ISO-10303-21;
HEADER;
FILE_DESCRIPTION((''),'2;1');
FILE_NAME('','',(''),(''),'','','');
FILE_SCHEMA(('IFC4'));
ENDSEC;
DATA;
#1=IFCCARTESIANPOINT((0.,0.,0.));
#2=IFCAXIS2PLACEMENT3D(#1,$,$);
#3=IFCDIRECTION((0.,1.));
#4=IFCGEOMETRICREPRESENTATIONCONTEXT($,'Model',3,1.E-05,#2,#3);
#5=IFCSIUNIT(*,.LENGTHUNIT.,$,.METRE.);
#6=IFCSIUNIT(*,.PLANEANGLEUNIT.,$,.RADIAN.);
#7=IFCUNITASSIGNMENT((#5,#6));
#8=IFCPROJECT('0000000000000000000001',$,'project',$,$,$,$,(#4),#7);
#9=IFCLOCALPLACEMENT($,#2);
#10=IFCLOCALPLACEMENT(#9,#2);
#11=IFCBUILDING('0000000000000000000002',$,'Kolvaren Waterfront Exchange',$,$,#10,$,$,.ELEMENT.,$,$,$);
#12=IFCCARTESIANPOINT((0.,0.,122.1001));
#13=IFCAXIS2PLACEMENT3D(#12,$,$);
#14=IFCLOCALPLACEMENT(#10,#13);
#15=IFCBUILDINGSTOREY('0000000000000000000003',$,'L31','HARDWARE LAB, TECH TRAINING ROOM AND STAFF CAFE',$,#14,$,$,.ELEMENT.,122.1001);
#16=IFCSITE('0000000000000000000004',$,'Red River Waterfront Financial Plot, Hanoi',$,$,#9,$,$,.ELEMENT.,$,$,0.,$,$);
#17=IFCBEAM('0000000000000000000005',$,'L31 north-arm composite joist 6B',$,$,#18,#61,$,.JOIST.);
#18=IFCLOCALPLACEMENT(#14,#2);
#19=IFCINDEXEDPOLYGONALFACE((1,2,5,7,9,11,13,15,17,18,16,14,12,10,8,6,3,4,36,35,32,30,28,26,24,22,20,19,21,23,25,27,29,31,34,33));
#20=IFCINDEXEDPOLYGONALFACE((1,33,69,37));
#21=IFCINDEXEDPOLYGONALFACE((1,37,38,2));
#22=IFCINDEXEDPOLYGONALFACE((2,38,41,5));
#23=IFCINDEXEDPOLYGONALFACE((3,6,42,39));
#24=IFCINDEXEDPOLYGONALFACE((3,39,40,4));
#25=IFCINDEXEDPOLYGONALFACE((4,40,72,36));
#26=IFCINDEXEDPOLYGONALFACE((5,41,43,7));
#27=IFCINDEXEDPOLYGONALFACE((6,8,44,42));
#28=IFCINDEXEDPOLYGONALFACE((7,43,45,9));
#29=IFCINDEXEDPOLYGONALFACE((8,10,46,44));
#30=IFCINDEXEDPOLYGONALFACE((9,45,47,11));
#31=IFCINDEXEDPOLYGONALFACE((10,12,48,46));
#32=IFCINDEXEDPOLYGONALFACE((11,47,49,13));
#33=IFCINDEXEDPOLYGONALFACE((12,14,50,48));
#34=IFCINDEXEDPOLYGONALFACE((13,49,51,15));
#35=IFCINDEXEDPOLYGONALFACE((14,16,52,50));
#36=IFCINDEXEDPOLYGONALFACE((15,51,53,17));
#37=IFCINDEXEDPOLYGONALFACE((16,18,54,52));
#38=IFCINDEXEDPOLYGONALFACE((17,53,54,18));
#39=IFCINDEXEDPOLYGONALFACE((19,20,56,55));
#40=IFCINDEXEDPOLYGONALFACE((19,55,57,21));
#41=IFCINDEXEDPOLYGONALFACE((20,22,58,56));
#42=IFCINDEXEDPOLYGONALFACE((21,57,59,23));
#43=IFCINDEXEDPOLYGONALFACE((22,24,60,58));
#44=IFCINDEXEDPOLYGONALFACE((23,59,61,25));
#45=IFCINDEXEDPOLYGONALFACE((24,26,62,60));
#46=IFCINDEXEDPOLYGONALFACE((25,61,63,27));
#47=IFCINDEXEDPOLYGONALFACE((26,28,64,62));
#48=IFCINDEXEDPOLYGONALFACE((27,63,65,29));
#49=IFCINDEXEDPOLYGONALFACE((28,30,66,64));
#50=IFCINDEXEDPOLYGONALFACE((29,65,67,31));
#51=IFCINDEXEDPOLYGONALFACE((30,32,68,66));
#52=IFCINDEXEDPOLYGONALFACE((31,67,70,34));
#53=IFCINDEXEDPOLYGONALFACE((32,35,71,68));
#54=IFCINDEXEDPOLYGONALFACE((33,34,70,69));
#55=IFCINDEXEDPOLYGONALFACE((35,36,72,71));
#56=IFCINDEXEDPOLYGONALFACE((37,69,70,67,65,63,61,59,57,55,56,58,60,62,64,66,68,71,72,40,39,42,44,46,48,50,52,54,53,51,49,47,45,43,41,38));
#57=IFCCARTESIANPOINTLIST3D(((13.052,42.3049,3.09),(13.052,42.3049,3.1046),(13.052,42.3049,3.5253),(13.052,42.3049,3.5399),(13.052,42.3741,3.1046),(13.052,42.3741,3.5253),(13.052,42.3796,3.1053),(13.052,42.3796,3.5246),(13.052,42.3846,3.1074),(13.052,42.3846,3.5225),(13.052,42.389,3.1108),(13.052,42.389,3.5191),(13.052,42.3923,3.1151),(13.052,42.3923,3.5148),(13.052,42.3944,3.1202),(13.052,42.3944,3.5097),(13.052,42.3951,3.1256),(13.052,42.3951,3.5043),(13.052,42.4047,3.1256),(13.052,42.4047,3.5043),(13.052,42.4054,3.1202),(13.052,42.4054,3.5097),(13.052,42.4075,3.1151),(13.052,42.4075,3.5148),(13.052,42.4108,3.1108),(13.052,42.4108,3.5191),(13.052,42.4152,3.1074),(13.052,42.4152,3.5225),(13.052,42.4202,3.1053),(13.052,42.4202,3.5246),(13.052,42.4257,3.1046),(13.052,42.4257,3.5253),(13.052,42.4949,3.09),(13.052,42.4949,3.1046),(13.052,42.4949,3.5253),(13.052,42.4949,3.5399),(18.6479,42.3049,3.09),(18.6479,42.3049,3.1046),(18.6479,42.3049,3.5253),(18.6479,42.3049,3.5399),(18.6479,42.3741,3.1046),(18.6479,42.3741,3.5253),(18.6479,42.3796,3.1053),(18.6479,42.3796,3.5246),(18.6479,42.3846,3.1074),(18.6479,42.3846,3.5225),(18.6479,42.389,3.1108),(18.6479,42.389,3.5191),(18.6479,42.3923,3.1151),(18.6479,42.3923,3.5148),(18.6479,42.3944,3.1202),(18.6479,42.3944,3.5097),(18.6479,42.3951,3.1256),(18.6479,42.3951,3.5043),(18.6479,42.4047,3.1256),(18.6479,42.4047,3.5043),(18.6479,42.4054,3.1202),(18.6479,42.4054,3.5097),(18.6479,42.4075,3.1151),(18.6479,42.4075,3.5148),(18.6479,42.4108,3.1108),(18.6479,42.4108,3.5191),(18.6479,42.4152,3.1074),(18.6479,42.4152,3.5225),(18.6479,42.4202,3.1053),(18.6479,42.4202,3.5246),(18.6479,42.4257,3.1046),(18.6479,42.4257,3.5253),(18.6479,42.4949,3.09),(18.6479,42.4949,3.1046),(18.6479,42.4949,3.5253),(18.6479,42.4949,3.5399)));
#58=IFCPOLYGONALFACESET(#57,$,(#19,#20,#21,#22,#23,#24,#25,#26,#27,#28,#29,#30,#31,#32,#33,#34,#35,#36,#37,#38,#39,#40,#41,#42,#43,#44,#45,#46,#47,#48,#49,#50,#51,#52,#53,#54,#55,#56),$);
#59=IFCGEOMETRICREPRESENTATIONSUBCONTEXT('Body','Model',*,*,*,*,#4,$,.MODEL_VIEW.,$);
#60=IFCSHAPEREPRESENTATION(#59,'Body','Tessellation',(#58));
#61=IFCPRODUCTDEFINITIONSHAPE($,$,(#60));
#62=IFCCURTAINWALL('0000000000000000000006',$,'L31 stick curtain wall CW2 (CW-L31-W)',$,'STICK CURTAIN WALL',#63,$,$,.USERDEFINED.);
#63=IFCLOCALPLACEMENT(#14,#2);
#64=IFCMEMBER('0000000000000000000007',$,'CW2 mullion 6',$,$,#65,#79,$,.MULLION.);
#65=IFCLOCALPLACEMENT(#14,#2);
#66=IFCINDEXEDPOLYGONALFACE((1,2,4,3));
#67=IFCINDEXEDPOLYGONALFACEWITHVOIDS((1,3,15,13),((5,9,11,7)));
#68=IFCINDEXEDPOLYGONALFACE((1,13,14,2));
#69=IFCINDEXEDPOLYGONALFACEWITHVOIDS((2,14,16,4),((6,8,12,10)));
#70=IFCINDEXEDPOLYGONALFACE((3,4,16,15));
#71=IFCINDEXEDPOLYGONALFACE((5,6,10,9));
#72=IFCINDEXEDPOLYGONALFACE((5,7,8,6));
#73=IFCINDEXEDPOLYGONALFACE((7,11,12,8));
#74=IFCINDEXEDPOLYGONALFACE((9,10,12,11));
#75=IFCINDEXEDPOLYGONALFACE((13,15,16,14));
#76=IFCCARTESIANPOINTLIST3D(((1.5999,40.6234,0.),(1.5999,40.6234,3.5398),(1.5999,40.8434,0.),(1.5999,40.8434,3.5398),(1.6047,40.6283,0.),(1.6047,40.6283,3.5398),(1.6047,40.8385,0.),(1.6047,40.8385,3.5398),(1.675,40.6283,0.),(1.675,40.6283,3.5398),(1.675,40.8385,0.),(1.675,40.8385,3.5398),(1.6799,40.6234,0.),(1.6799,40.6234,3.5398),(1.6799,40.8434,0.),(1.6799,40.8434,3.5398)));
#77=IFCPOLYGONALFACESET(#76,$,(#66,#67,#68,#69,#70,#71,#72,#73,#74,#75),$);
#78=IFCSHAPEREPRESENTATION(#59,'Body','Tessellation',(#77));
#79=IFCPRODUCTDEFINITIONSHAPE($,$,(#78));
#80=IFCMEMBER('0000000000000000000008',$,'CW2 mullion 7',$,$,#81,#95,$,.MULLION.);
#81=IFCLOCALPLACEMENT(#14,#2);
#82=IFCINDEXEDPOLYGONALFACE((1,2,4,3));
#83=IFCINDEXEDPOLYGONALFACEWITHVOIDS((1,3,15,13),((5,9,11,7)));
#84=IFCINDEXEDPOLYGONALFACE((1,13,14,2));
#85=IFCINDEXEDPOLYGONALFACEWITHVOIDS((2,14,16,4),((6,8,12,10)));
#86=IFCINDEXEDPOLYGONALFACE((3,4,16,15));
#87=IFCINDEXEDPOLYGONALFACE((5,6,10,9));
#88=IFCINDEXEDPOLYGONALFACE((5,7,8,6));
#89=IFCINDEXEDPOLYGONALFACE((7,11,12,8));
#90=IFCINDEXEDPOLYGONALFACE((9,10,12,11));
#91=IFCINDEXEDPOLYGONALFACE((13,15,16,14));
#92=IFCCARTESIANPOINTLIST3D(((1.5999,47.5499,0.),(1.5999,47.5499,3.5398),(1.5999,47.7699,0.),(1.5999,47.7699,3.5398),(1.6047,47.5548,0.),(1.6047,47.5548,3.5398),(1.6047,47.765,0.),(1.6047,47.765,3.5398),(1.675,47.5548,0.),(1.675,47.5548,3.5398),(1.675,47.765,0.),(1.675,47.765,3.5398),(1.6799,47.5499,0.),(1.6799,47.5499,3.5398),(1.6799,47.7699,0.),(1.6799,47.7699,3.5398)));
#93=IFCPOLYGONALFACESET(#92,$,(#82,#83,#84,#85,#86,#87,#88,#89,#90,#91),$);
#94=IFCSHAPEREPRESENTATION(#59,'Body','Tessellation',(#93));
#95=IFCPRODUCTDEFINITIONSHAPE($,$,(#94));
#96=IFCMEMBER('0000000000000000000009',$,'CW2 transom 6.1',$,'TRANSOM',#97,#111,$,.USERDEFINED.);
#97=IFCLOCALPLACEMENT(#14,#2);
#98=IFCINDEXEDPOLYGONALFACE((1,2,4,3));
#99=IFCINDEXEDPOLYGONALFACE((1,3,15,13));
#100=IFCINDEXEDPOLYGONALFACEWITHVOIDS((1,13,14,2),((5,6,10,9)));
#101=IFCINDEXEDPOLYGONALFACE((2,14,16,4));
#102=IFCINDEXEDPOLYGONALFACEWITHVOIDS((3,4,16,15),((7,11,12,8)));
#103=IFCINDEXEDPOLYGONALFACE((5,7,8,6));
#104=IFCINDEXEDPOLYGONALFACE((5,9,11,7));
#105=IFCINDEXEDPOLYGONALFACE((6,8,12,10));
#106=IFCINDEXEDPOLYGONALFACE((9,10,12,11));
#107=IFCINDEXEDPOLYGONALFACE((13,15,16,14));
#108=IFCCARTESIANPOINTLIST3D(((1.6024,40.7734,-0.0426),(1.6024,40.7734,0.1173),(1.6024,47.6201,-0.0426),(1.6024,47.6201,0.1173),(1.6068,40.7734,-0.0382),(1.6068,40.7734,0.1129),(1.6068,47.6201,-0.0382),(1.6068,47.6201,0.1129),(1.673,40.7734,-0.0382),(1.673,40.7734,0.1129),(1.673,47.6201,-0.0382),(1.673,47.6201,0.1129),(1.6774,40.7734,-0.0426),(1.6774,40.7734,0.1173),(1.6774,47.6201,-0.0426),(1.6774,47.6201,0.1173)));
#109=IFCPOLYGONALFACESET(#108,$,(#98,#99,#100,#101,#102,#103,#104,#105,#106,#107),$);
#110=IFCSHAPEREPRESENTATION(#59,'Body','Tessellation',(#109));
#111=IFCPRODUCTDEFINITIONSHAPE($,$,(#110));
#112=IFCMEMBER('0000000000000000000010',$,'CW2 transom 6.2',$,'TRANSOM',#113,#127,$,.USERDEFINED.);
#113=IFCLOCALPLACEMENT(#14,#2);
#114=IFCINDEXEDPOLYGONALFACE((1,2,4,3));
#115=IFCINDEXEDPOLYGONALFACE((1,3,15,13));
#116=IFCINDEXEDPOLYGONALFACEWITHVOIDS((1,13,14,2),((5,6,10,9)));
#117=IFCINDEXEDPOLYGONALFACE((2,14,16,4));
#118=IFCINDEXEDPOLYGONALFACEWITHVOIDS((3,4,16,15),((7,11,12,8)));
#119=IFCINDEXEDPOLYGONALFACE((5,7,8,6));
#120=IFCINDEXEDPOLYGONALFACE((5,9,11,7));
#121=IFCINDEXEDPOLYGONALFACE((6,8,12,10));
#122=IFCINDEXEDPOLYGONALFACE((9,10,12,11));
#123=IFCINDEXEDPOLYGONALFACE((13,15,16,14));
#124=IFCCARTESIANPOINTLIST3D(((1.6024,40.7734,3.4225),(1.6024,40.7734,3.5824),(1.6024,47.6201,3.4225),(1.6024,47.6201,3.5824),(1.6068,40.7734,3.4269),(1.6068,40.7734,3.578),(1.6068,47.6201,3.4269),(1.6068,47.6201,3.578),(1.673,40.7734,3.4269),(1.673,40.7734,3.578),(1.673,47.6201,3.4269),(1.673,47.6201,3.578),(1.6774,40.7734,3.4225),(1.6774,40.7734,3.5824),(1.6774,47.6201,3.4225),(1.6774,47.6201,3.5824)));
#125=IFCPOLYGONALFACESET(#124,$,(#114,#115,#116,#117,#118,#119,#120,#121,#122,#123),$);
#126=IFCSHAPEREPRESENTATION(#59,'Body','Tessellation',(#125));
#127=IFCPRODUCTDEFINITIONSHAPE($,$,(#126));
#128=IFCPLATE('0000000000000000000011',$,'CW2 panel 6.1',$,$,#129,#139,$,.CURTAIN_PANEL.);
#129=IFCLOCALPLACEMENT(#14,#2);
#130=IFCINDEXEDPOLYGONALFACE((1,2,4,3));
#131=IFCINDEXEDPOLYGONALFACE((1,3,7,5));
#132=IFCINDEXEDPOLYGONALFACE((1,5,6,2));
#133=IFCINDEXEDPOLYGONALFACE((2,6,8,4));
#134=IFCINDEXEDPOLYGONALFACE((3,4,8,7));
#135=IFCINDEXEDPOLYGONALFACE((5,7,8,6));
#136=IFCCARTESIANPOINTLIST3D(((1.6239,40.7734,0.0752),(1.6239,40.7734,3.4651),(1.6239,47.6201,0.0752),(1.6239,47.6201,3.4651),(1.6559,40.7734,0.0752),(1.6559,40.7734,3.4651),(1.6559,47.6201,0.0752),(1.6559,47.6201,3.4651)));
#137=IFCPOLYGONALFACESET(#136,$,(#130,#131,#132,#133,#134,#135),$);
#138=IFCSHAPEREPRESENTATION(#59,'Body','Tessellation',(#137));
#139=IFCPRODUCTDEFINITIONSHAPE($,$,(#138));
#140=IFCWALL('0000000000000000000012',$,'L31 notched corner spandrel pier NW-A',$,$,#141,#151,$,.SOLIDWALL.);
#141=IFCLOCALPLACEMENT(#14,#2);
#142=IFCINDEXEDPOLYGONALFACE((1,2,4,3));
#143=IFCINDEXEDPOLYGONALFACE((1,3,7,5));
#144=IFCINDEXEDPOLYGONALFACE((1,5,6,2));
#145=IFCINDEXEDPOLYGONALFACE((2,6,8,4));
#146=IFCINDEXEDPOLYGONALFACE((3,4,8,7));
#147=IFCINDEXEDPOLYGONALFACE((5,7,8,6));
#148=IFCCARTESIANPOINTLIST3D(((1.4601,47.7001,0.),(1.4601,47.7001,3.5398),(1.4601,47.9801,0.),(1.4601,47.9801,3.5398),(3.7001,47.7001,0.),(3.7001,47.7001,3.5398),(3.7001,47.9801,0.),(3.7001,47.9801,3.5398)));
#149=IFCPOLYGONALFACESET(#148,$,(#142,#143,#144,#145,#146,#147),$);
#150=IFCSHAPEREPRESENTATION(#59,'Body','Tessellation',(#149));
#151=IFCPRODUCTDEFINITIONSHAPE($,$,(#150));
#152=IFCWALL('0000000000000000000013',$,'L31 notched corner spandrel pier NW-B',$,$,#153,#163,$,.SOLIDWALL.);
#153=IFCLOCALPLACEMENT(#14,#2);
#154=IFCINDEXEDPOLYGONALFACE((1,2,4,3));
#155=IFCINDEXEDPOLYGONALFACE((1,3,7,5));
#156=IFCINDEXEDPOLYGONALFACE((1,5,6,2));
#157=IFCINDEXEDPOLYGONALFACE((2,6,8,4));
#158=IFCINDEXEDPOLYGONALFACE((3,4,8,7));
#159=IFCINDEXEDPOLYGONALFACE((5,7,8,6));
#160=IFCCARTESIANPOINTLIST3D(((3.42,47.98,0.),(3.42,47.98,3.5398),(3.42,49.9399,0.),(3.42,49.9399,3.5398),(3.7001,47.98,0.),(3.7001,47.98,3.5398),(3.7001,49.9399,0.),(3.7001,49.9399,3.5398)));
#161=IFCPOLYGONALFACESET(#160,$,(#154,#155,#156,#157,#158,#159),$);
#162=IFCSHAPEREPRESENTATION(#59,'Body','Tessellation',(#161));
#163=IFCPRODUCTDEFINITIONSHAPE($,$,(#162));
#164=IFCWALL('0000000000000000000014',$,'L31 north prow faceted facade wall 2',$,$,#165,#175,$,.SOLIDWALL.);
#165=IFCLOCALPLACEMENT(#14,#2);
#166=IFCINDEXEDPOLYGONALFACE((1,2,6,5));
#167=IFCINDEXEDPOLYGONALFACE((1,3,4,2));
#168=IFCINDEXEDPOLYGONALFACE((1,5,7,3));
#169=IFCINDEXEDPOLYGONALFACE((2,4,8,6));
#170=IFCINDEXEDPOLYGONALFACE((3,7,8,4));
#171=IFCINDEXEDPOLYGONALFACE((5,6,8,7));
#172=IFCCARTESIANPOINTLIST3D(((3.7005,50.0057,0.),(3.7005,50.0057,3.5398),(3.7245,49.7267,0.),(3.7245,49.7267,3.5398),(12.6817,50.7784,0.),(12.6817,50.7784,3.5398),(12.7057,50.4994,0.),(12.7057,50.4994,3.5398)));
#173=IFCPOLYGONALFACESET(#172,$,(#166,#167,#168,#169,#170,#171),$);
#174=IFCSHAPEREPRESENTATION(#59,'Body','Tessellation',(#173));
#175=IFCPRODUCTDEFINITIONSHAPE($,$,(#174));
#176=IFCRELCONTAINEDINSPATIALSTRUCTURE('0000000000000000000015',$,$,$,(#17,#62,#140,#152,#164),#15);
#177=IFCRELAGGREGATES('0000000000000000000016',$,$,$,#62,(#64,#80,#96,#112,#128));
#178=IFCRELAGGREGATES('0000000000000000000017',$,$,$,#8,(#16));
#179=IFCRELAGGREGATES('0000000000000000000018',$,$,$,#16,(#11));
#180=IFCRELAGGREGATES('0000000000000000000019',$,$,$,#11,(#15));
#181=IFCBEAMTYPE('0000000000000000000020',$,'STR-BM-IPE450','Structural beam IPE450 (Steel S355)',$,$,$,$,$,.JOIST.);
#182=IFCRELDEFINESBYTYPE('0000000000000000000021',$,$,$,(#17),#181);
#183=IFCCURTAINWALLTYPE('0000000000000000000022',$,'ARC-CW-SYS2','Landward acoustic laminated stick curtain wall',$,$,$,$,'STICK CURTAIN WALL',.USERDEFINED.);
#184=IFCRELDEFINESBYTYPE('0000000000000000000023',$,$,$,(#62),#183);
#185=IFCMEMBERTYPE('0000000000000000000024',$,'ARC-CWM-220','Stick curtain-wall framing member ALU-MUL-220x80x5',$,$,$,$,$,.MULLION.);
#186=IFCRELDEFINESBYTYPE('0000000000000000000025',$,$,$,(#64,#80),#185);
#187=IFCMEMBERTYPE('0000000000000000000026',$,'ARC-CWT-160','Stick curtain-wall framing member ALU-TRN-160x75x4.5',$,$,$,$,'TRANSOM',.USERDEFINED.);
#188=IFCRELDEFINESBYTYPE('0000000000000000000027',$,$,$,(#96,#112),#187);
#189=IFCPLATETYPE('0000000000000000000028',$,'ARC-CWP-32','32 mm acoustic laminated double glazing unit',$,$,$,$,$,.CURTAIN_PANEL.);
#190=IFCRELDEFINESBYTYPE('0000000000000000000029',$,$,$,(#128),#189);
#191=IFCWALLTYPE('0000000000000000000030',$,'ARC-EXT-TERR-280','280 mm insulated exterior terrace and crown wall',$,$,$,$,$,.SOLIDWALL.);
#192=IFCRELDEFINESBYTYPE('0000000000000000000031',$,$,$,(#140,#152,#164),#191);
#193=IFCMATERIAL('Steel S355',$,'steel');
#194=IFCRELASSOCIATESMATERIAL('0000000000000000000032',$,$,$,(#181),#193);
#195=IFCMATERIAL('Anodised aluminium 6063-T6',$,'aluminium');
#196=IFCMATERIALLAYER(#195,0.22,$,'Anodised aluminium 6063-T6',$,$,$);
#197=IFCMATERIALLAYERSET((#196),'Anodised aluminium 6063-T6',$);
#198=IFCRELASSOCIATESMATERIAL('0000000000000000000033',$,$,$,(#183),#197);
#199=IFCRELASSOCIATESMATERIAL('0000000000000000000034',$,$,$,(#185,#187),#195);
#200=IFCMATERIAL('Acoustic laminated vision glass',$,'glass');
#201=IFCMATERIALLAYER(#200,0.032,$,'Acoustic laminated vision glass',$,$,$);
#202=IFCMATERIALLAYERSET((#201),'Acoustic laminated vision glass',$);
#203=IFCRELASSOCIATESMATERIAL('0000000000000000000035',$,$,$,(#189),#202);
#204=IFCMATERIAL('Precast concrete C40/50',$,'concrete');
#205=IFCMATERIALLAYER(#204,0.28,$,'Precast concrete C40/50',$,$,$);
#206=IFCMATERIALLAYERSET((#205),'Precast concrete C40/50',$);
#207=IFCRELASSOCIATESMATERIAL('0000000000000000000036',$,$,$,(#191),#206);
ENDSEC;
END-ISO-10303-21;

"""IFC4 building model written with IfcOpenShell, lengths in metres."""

from ifc_helpers import new_model, si_unit, direction, frame, frame_2d, origin, origin_with_axes, origin_2d, place, context, subcontext, project, spatial, rectangle, hollow_rectangle, i_section, extrude, source, transform, mapped, material, layer, layer_set, material_profile, profile_set, type_object, element, aggregate, save


model = new_model("IFC4")

# Units and contexts
model_context = context("Model", 3, precision=1e-05, world=origin(), true_north=direction((0.0, 1.0)))
body_context = subcontext(model_context, "Body", "Model", "MODEL_VIEW")
ifc_project = project(units=[si_unit("LENGTHUNIT", "METRE"), si_unit("PLANEANGLEUNIT", "RADIAN")], contexts=[model_context])

# Site, building, storey
site_placement = place(None, origin())
site = spatial("IfcSite", under=ifc_project, at=site_placement, Name="Red River Waterfront Financial Plot, Hanoi", CompositionType="ELEMENT", RefElevation=0.0)
building_placement = place(site_placement, origin())
building = spatial("IfcBuilding", under=site, at=building_placement, Name="Kolvaren Waterfront Exchange", CompositionType="ELEMENT")
storey_placement = place(building_placement, frame((0.0, 0.0, 122.1001)))
storey = spatial("IfcBuildingStorey", under=building, at=storey_placement, Name="L31", Description="HARDWARE LAB, TECH TRAINING ROOM AND STAFF CAFE", CompositionType="ELEMENT", Elevation=122.1001)

# Beam
ifc_material_1 = material(Name="Steel S355", Category="steel")
ifc_material_profile_1 = material_profile(ifc_material_1, i_section(OverallWidth=0.1899, OverallDepth=0.45, WebThickness=0.0095, FlangeThickness=0.0146, FilletRadius=0.021, at=origin_2d()), Name="IPE450")
ifc_profile_set_1 = profile_set([ifc_material_profile_1], Name="Steel S355")
beam_type_1 = type_object("IfcBeamType", Name="STR-BM-IPE450", Description="Structural beam IPE450 (Steel S355)", PredefinedType="JOIST", material=ifc_profile_set_1)
beam_1_placement = place(storey_placement, frame((13.052, 42.3999, 3.3149), z_axis=(1.0, 0.0, 0.0), x_axis=(0.0, 1.0, 0.0)))
element("IfcBeam", 1, at=beam_1_placement, inside=storey, type_object=beam_type_1, Name="L31 north-arm composite joist 6B", PredefinedType="JOIST", context=body_context, shape_type="SweptSolid", body=[
    extrude(i_section(OverallWidth=0.1899, OverallDepth=0.45, WebThickness=0.0095, FlangeThickness=0.0146, FilletRadius=0.021, at=origin_2d()), origin(), (0.0, 0.0, 1.0), 5.5959),
])

# Curtain wall, members, plate
ifc_material_2 = material(Name="Anodised aluminium 6063-T6", Category="aluminium")
ifc_layer_1 = layer(ifc_material_2, 0.22, Name="Anodised aluminium 6063-T6")
ifc_layer_set_1 = layer_set([ifc_layer_1], Name="Anodised aluminium 6063-T6")
curtain_wall_type = type_object("IfcCurtainWallType", Name="ARC-CW-SYS2", Description="Landward acoustic laminated stick curtain wall", ElementType="STICK CURTAIN WALL", PredefinedType="USERDEFINED", material=ifc_layer_set_1)
curtain_wall_placement = place(storey_placement, origin())
curtain_wall = element("IfcCurtainWall", 2, at=curtain_wall_placement, inside=storey, type_object=curtain_wall_type, Name="L31 stick curtain wall CW2 (CW-L31-W)", ObjectType="STICK CURTAIN WALL", PredefinedType="USERDEFINED")
ifc_material_profile_2 = material_profile(ifc_material_2, hollow_rectangle(XDim=0.0801, YDim=0.22, WallThickness=0.0049, at=origin_2d()), Name="ALU-MUL-220x80x5")
ifc_profile_set_2 = profile_set([ifc_material_profile_2], Name="Anodised aluminium 6063-T6")
member_type_1 = type_object("IfcMemberType", Name="ARC-CWM-220", Description="Stick curtain-wall framing member ALU-MUL-220x80x5", PredefinedType="MULLION", material=ifc_profile_set_2)
shared_shape_1 = source(origin_with_axes(), body_context, "Body", "SweptSolid", [
    extrude(hollow_rectangle(XDim=0.0801, YDim=0.22, WallThickness=0.0049, at=origin_2d()), origin(), (0.0, 0.0, 1.0), 3.5398),
])
member_1_placement = place(storey_placement, frame((1.6399, 40.7334, 0.0), z_axis=(0.0, 0.0, 1.0), x_axis=(-1.0, 0.0, 0.0)))
member_1 = element("IfcMember", 3, at=member_1_placement, type_object=member_type_1, Name="CW2 mullion 6", PredefinedType="MULLION", context=body_context, shape_type="MappedRepresentation", body=[
    mapped(shared_shape_1, transform((0.0, 0.0, 0.0), x_axis=(1.0, 0.0, 0.0), y_axis=(0.0, 1.0, 0.0), z_axis=(0.0, 0.0, 1.0), scale=1.0)),
])
member_2_placement = place(storey_placement, frame((1.6399, 47.6599, 0.0), z_axis=(0.0, 0.0, 1.0), x_axis=(-1.0, 0.0, 0.0)))
member_2 = element("IfcMember", 4, at=member_2_placement, type_object=member_type_1, Name="CW2 mullion 7", PredefinedType="MULLION", context=body_context, shape_type="MappedRepresentation", body=[
    mapped(shared_shape_1, transform((0.0, 0.0, 0.0), x_axis=(1.0, 0.0, 0.0), y_axis=(0.0, 1.0, 0.0), z_axis=(0.0, 0.0, 1.0), scale=1.0)),
])
ifc_material_profile_3 = material_profile(ifc_material_2, hollow_rectangle(XDim=0.075, YDim=0.1599, WallThickness=0.0044, at=origin_2d()), Name="ALU-TRN-160x75x4.5")
ifc_profile_set_3 = profile_set([ifc_material_profile_3], Name="Anodised aluminium 6063-T6")
member_type_2 = type_object("IfcMemberType", Name="ARC-CWT-160", Description="Stick curtain-wall framing member ALU-TRN-160x75x4.5", ElementType="TRANSOM", PredefinedType="USERDEFINED", material=ifc_profile_set_3)
shared_shape_2 = source(origin_with_axes(), body_context, "Body", "SweptSolid", [
    extrude(hollow_rectangle(XDim=0.075, YDim=0.1599, WallThickness=0.0044, at=origin_2d()), origin(), (0.0, 0.0, 1.0), 6.8467),
])
member_3_placement = place(storey_placement, frame((1.6399, 40.7734, 0.0374), z_axis=(0.0, 1.0, 0.0), x_axis=(-1.0, 0.0, 0.0)))
member_3 = element("IfcMember", 5, at=member_3_placement, type_object=member_type_2, Name="CW2 transom 6.1", ObjectType="TRANSOM", PredefinedType="USERDEFINED", context=body_context, shape_type="MappedRepresentation", body=[
    mapped(shared_shape_2, transform((0.0, 0.0, 0.0), x_axis=(1.0, 0.0, 0.0), y_axis=(0.0, 1.0, 0.0), z_axis=(0.0, 0.0, 1.0), scale=1.0)),
])
member_4_placement = place(storey_placement, frame((1.6399, 40.7734, 3.5024), z_axis=(0.0, 1.0, 0.0), x_axis=(-1.0, 0.0, 0.0)))
member_4 = element("IfcMember", 6, at=member_4_placement, type_object=member_type_2, Name="CW2 transom 6.2", ObjectType="TRANSOM", PredefinedType="USERDEFINED", context=body_context, shape_type="MappedRepresentation", body=[
    mapped(shared_shape_2, transform((0.0, 0.0, 0.0), x_axis=(1.0, 0.0, 0.0), y_axis=(0.0, 1.0, 0.0), z_axis=(0.0, 0.0, 1.0), scale=1.0)),
])
ifc_material_3 = material(Name="Acoustic laminated vision glass", Category="glass")
ifc_layer_2 = layer(ifc_material_3, 0.032, Name="Acoustic laminated vision glass")
ifc_layer_set_2 = layer_set([ifc_layer_2], Name="Acoustic laminated vision glass")
plate_type = type_object("IfcPlateType", Name="ARC-CWP-32", Description="32 mm acoustic laminated double glazing unit", PredefinedType="CURTAIN_PANEL", material=ifc_layer_set_2)
shared_shape_3 = source(origin_with_axes(), body_context, "Body", "SweptSolid", [
    extrude(rectangle(XDim=6.8467, YDim=0.032, at=origin_2d()), origin(), (0.0, 0.0, 1.0), 3.3899),
])
plate_placement = place(storey_placement, frame((1.6399, 44.1968, 0.0752), z_axis=(0.0, 0.0, 1.0), x_axis=(0.0, 1.0, 0.0)))
plate = element("IfcPlate", 7, at=plate_placement, type_object=plate_type, Name="CW2 panel 6.1", PredefinedType="CURTAIN_PANEL", context=body_context, shape_type="MappedRepresentation", body=[
    mapped(shared_shape_3, transform((0.0, 0.0, 0.0), x_axis=(1.0, 0.0, 0.0), y_axis=(0.0, 1.0, 0.0), z_axis=(0.0, 0.0, 1.0), scale=1.0)),
])
aggregate(curtain_wall, [member_1, member_2, member_3, member_4, plate])

# Walls
ifc_material_4 = material(Name="Precast concrete C40/50", Category="concrete")
ifc_layer_3 = layer(ifc_material_4, 0.28, Name="Precast concrete C40/50")
ifc_layer_set_3 = layer_set([ifc_layer_3], Name="Precast concrete C40/50")
wall_type_1 = type_object("IfcWallType", Name="ARC-EXT-TERR-280", Description="280 mm insulated exterior terrace and crown wall", PredefinedType="SOLIDWALL", material=ifc_layer_set_3)
wall_1_placement = place(storey_placement, frame((1.46, 47.8401, 0.0), z_axis=(0.0, 0.0, 1.0), x_axis=(1.0, 0.0, 0.0)))
element("IfcWall", 8, at=wall_1_placement, inside=storey, type_object=wall_type_1, Name="L31 notched corner spandrel pier NW-A", PredefinedType="SOLIDWALL", context=body_context, shape_type="SweptSolid", body=[
    extrude(rectangle(XDim=2.24, YDim=0.28, at=frame_2d((1.1201, 0.0))), origin(), (0.0, 0.0, 1.0), 3.5398),
])
wall_2_placement = place(storey_placement, frame((3.5601, 47.98, 0.0), z_axis=(0.0, 0.0, 1.0), x_axis=(0.0, 1.0, 0.0)))
element("IfcWall", 9, at=wall_2_placement, inside=storey, type_object=wall_type_1, Name="L31 notched corner spandrel pier NW-B", PredefinedType="SOLIDWALL", context=body_context, shape_type="SweptSolid", body=[
    extrude(rectangle(XDim=1.96, YDim=0.28, at=frame_2d((0.98, 0.0))), origin(), (0.0, 0.0, 1.0), 3.5398),
])
wall_3_placement = place(storey_placement, frame((12.6938, 50.6389, 0.0), z_axis=(0.0, 0.0, 1.0), x_axis=(-0.996319, -0.085719, 0.0)))
element("IfcWall", 10, at=wall_3_placement, inside=storey, type_object=wall_type_1, Name="L31 north prow faceted facade wall 2", PredefinedType="SOLIDWALL", context=body_context, shape_type="SweptSolid", body=[
    extrude(rectangle(XDim=9.0144, YDim=0.28, at=frame_2d((4.5073, 0.0))), origin(), (0.0, 0.0, 1.0), 3.5398),
])

save(model, "model.ifc")
